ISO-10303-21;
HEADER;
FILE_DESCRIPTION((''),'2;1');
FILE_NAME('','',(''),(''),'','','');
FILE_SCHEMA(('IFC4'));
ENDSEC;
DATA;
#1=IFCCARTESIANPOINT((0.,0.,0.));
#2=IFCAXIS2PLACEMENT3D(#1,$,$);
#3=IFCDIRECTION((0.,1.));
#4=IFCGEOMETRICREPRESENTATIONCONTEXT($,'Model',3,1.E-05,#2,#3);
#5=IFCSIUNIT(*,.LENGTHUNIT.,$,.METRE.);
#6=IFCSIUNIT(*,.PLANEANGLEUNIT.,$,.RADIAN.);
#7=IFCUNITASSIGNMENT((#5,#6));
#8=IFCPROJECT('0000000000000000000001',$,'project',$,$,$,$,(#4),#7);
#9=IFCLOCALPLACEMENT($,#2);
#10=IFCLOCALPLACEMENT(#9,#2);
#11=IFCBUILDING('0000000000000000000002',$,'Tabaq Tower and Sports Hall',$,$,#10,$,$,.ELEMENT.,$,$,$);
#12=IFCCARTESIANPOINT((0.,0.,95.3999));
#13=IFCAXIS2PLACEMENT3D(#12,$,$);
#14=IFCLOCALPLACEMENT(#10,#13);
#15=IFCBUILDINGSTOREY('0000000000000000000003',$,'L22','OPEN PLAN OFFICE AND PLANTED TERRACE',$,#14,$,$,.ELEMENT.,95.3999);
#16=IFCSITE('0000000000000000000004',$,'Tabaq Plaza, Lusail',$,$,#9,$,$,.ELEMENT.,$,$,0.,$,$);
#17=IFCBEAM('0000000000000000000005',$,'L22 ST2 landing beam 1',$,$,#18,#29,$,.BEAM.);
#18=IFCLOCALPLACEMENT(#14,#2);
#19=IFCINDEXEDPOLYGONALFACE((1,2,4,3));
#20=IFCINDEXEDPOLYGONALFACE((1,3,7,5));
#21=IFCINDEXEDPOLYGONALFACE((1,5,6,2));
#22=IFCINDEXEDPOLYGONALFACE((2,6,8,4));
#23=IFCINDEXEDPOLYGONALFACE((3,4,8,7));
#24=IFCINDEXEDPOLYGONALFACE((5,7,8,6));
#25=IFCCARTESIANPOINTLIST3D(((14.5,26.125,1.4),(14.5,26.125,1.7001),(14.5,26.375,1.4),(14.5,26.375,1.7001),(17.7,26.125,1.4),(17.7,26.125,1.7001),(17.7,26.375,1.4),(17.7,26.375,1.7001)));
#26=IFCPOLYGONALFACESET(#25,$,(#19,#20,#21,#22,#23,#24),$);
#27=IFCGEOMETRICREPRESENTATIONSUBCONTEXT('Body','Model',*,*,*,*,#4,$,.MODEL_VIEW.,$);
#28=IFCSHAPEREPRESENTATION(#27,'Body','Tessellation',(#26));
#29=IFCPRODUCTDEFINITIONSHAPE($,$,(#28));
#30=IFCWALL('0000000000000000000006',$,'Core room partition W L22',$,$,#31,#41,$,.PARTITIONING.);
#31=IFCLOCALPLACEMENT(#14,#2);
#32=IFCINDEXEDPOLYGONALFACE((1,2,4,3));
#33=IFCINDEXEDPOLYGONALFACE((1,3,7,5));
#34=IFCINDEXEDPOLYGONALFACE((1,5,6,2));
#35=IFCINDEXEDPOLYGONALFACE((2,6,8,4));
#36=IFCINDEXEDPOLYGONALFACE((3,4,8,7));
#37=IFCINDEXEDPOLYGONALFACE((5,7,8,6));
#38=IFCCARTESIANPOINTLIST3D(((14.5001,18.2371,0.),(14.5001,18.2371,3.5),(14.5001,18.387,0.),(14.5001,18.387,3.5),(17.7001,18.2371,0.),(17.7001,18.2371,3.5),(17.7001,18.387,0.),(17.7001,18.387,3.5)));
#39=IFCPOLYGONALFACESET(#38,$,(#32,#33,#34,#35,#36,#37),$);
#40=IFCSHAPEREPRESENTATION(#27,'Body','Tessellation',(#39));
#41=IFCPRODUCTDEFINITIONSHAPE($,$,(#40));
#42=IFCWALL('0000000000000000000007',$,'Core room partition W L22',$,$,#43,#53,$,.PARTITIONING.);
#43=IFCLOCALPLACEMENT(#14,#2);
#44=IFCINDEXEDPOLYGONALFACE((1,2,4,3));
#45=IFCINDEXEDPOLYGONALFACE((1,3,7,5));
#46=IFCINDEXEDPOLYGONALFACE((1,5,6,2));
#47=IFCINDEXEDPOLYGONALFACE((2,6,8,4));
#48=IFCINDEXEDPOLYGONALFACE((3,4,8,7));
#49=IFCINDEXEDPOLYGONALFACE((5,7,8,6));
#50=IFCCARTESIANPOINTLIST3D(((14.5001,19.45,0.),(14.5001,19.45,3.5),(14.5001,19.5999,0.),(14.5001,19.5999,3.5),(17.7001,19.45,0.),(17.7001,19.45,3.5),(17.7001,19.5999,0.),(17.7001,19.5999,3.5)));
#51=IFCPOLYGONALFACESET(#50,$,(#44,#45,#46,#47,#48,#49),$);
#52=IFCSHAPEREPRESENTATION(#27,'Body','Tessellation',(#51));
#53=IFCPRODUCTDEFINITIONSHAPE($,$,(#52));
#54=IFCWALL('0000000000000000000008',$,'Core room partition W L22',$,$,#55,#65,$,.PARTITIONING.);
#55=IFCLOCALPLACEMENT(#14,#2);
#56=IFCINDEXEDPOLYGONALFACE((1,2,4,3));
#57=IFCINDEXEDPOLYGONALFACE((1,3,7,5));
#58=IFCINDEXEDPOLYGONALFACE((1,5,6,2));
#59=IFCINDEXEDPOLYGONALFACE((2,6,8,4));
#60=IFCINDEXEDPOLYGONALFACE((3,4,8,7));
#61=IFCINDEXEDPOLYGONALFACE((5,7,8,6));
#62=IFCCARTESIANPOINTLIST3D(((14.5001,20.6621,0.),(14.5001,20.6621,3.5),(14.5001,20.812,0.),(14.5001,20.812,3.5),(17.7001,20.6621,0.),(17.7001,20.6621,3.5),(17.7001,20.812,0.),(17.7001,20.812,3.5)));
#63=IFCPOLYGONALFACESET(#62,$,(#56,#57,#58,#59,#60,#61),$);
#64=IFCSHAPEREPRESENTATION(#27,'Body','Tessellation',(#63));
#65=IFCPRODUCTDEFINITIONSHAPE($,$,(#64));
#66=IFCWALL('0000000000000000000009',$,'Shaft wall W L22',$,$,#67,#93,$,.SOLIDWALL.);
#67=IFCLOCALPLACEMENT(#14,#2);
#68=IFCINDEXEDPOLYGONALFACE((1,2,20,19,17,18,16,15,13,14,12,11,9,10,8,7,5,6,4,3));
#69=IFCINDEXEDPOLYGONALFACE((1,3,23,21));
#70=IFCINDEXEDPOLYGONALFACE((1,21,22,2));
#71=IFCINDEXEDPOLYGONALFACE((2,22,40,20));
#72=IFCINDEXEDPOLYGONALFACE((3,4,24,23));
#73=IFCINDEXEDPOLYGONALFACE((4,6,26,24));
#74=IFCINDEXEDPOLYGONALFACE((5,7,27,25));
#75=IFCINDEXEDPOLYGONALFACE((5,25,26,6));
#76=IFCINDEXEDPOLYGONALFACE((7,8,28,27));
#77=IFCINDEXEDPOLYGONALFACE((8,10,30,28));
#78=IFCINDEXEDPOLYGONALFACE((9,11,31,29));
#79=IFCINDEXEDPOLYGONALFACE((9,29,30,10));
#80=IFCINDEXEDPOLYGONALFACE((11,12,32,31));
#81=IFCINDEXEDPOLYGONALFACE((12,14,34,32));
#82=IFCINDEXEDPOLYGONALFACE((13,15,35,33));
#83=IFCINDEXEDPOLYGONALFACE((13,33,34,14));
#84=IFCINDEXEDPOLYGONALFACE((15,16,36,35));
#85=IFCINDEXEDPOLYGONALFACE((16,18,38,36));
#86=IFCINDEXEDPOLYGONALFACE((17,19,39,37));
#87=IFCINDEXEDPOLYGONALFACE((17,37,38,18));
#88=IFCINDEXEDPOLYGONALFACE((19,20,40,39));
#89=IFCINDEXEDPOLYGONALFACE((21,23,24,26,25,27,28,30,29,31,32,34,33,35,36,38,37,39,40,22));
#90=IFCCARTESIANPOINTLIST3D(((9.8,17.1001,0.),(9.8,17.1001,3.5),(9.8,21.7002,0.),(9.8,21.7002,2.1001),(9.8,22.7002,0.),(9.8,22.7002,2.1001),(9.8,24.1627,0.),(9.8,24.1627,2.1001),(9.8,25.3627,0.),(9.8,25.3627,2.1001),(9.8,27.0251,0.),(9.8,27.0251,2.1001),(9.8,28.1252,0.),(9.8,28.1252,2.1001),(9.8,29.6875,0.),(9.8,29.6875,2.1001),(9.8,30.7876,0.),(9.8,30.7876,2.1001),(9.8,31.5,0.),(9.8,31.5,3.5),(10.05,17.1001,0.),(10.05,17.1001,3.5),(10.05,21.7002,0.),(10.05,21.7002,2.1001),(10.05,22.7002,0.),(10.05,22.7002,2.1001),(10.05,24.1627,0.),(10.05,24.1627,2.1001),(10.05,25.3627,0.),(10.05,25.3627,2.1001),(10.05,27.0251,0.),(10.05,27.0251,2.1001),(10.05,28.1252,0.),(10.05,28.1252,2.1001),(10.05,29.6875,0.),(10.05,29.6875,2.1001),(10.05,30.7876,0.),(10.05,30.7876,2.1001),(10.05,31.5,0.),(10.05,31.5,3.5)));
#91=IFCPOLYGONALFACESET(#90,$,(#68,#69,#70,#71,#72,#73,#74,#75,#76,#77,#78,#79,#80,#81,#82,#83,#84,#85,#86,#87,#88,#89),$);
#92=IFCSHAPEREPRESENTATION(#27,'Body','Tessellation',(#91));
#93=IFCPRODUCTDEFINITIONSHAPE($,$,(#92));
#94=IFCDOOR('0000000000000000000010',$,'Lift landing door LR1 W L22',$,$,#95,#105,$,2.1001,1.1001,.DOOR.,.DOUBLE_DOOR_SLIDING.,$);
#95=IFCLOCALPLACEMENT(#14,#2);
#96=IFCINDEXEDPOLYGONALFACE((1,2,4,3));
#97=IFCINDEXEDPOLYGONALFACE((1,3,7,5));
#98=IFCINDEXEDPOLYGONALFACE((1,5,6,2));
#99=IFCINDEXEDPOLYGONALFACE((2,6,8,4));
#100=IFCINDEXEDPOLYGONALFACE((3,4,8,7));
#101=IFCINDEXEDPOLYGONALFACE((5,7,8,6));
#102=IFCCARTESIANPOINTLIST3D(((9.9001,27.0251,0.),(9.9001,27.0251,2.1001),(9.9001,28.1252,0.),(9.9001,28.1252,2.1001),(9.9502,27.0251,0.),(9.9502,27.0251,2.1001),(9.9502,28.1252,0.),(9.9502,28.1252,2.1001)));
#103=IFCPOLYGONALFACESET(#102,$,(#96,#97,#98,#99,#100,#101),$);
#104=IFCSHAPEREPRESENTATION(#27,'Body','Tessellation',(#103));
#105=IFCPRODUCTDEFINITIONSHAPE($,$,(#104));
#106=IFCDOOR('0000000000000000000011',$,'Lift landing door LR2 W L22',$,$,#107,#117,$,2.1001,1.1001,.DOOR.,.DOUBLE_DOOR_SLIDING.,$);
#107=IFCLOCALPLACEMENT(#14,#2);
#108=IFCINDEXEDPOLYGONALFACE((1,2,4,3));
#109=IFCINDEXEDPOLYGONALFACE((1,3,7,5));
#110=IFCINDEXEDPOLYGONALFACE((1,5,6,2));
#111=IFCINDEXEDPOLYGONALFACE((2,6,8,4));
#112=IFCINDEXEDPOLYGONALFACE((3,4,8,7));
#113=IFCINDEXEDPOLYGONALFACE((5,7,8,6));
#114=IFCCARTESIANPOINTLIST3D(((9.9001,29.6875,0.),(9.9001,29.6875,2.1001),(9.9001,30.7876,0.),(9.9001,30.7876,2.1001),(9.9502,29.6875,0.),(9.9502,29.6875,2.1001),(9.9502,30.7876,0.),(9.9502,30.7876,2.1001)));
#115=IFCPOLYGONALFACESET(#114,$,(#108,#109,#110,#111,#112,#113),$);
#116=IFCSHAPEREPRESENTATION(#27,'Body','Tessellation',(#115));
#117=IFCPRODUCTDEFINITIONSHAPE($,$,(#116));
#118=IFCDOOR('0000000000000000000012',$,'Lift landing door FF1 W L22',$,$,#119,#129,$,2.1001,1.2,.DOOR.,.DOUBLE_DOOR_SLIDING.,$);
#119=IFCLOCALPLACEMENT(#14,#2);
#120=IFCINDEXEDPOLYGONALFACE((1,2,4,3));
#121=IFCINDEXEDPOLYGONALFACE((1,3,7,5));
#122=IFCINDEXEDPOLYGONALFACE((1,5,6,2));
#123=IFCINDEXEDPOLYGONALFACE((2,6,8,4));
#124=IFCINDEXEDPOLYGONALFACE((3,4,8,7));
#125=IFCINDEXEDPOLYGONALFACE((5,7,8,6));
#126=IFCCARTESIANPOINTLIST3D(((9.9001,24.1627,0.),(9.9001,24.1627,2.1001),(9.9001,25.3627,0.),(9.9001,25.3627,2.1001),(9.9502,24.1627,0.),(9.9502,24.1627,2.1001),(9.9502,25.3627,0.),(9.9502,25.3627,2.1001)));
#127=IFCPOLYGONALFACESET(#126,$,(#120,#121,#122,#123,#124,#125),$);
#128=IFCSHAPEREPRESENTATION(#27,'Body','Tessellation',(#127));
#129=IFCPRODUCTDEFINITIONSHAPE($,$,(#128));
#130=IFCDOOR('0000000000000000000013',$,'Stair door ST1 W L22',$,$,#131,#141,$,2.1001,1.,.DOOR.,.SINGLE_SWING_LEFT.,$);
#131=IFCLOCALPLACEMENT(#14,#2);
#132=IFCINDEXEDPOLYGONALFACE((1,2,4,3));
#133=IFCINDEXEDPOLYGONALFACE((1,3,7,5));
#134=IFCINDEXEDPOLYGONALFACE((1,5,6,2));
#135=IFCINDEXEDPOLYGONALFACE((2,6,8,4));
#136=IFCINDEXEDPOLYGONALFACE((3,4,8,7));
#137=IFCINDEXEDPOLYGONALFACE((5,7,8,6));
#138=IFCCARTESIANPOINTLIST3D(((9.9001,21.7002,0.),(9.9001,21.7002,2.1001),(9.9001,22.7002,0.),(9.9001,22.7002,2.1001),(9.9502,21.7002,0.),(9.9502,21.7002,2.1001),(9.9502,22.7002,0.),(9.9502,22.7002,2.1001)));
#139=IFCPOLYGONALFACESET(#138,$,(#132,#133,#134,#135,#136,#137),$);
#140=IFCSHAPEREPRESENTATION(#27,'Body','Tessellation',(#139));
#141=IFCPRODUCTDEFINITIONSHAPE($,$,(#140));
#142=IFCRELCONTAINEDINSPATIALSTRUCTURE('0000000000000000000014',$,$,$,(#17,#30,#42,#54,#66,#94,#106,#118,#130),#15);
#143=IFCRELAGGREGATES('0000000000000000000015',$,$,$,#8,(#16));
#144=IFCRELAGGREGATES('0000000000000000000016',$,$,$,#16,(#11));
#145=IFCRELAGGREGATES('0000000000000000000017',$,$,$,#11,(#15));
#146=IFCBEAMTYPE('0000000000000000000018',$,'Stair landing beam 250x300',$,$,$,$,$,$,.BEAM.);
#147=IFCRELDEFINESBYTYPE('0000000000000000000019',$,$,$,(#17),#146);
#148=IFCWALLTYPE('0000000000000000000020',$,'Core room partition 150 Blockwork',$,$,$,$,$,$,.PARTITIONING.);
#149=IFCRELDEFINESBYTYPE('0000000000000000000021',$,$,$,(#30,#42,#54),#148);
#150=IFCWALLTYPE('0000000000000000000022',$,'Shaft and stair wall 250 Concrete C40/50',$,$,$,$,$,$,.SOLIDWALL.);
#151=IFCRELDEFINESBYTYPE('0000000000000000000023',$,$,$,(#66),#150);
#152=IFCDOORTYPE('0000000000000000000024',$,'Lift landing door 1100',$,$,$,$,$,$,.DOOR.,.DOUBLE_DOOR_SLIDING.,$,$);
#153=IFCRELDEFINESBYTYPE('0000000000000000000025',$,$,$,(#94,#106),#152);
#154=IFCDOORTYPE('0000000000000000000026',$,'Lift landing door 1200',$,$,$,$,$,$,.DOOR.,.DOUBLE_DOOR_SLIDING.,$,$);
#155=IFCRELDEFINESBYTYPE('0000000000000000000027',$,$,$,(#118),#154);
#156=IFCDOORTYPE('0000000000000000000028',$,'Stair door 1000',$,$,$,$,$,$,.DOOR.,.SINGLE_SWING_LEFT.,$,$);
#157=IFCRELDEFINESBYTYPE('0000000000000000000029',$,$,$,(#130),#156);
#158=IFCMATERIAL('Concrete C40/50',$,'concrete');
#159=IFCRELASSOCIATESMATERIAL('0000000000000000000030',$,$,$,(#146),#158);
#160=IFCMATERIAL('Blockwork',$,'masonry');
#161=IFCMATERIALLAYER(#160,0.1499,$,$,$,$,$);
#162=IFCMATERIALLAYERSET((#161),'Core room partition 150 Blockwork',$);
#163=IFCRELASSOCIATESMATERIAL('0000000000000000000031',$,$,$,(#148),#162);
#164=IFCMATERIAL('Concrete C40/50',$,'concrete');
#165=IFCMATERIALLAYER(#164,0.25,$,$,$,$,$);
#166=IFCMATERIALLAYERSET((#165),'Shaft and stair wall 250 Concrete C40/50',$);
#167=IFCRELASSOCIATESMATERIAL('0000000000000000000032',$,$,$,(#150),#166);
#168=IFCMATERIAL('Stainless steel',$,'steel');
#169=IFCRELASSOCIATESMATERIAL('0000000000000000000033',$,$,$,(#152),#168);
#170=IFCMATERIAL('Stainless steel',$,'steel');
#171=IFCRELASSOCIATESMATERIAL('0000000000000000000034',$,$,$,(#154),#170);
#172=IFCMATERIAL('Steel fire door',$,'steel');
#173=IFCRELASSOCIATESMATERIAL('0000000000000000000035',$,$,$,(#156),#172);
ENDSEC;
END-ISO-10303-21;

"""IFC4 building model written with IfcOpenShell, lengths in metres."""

from ifc_helpers import new_model, si_unit, direction, frame, frame_2d, origin, origin_2d, place, context, subcontext, project, spatial, rectangle, extrude, material, layer, layer_set, material_profile, profile_set, type_object, element, fill, save


model = new_model("IFC4")

# Units and contexts
model_context = context("Model", 3, precision=1e-05, world=origin(), true_north=direction((0.0, 1.0)))
body_context = subcontext(model_context, "Body", "Model", "MODEL_VIEW")
ifc_project = project(units=[si_unit("LENGTHUNIT", "METRE"), si_unit("PLANEANGLEUNIT", "RADIAN")], contexts=[model_context])

# Site, building, storey
site_placement = place(None, origin())
site = spatial("IfcSite", under=ifc_project, at=site_placement, Name="Tabaq Plaza, Lusail", CompositionType="ELEMENT", RefElevation=0.0)
building_placement = place(site_placement, origin())
building = spatial("IfcBuilding", under=site, at=building_placement, Name="Tabaq Tower and Sports Hall", CompositionType="ELEMENT")
storey_placement = place(building_placement, frame((0.0, 0.0, 95.3999)))
storey = spatial("IfcBuildingStorey", under=building, at=storey_placement, Name="L22", Description="OPEN PLAN OFFICE AND PLANTED TERRACE", CompositionType="ELEMENT", Elevation=95.3999)

# Beam
ifc_material_1 = material(Name="Concrete C40/50", Category="concrete")
ifc_material_profile = material_profile(ifc_material_1, rectangle(XDim=0.25, YDim=0.3, at=origin_2d()), Name="RC 250x300")
ifc_profile_set = profile_set([ifc_material_profile], Name="Concrete C40/50")
beam_type = type_object("IfcBeamType", Name="Stair landing beam 250x300", PredefinedType="BEAM", material=ifc_profile_set)
beam_placement = place(storey_placement, frame((14.5, 26.25, 1.55), z_axis=(1.0, 0.0, 0.0), x_axis=(0.0, 1.0, 0.0)))
element("IfcBeam", 1, at=beam_placement, inside=storey, type_object=beam_type, Name="L22 ST2 landing beam 1", PredefinedType="BEAM", context=body_context, shape_type="SweptSolid", body=[
    extrude(rectangle(XDim=0.25, YDim=0.3, at=origin_2d()), origin(), (0.0, 0.0, 1.0), 3.2),
])

# Walls
ifc_material_2 = material(Name="Blockwork", Category="masonry")
ifc_layer_1 = layer(ifc_material_2, 0.1499)
ifc_layer_set_1 = layer_set([ifc_layer_1], Name="Core room partition 150 Blockwork")
wall_type_1 = type_object("IfcWallType", Name="Core room partition 150 Blockwork", PredefinedType="PARTITIONING", material=ifc_layer_set_1)
for number, where, z_axis, x_axis, name in (
    (2, (14.5, 18.312, 0.0), (0.0, 0.0, 1.0), (1.0, 0.0, 0.0), "Core room partition W L22"),
    (3, (14.5, 19.5249, 0.0), (0.0, 0.0, 1.0), (1.0, 0.0, 0.0), "Core room partition W L22"),
    (4, (14.5, 20.7371, 0.0), (0.0, 0.0, 1.0), (1.0, 0.0, 0.0), "Core room partition W L22"),
):
    element("IfcWall", number, at=place(storey_placement, frame(where, z_axis=z_axis, x_axis=x_axis)), inside=storey, type_object=wall_type_1, Name=name, PredefinedType="PARTITIONING", context=body_context, shape_type="SweptSolid", body=[
        extrude(rectangle(XDim=3.2, YDim=0.1499, at=frame_2d((1.6001, 0.0))), origin(), (0.0, 0.0, 1.0), 3.5),
    ])

# Wall, openings, doors
ifc_material_3 = material(Name="Concrete C40/50", Category="concrete")
ifc_layer_2 = layer(ifc_material_3, 0.25)
ifc_layer_set_2 = layer_set([ifc_layer_2], Name="Shaft and stair wall 250 Concrete C40/50")
wall_type_2 = type_object("IfcWallType", Name="Shaft and stair wall 250 Concrete C40/50", PredefinedType="SOLIDWALL", material=ifc_layer_set_2)
wall_1_placement = place(storey_placement, frame((9.925, 17.1001, 0.0), z_axis=(0.0, 0.0, 1.0), x_axis=(0.0, 1.0, 0.0)))
wall_1 = element("IfcWall", 5, at=wall_1_placement, inside=storey, type_object=wall_type_2, Name="Shaft wall W L22", PredefinedType="SOLIDWALL", context=body_context, shape_type="SweptSolid", body=[
    extrude(rectangle(XDim=14.3999, YDim=0.25, at=frame_2d((7.2, 0.0))), origin(), (0.0, 0.0, 1.0), 3.5),
])
opening_1_placement = place(wall_1_placement, frame((4.6001, 0.0, 0.0)))
opening_1 = element("IfcOpeningElement", 6, at=opening_1_placement, cuts=wall_1, PredefinedType="OPENING", context=body_context, shape_type="SweptSolid", body=[
    extrude(rectangle(XDim=1.0, YDim=2.1001, at=frame_2d((0.5, 1.05))), frame((0.0, 0.125, 0.0), z_axis=(0.0, -1.0, 0.0), x_axis=(1.0, 0.0, 0.0)), (0.0, 0.0, 1.0), 0.25),
])
opening_2_placement = place(wall_1_placement, frame((7.0625, 0.0, 0.0)))
opening_2 = element("IfcOpeningElement", 7, at=opening_2_placement, cuts=wall_1, PredefinedType="OPENING", context=body_context, shape_type="SweptSolid", body=[
    extrude(rectangle(XDim=1.2, YDim=2.1001, at=frame_2d((0.6001, 1.05))), frame((0.0, 0.125, 0.0), z_axis=(0.0, -1.0, 0.0), x_axis=(1.0, 0.0, 0.0)), (0.0, 0.0, 1.0), 0.25),
])
opening_3_placement = place(wall_1_placement, frame((9.925, 0.0, 0.0)))
opening_3 = element("IfcOpeningElement", 8, at=opening_3_placement, cuts=wall_1, PredefinedType="OPENING", context=body_context, shape_type="SweptSolid", body=[
    extrude(rectangle(XDim=1.1001, YDim=2.1001, at=frame_2d((0.55, 1.05))), frame((0.0, 0.125, 0.0), z_axis=(0.0, -1.0, 0.0), x_axis=(1.0, 0.0, 0.0)), (0.0, 0.0, 1.0), 0.25),
])
opening_4_placement = place(wall_1_placement, frame((12.5874, 0.0, 0.0)))
opening_4 = element("IfcOpeningElement", 9, at=opening_4_placement, cuts=wall_1, PredefinedType="OPENING", context=body_context, shape_type="SweptSolid", body=[
    extrude(rectangle(XDim=1.1001, YDim=2.1001, at=frame_2d((0.55, 1.05))), frame((0.0, 0.125, 0.0), z_axis=(0.0, -1.0, 0.0), x_axis=(1.0, 0.0, 0.0)), (0.0, 0.0, 1.0), 0.25),
])
ifc_material_4 = material(Name="Stainless steel", Category="steel")
door_type_1 = type_object("IfcDoorType", Name="Lift landing door 1100", OperationType="DOUBLE_DOOR_SLIDING", PredefinedType="DOOR", material=ifc_material_4)
door_1_placement = place(opening_3_placement, origin())
door_1 = element("IfcDoor", 10, at=door_1_placement, inside=storey, type_object=door_type_1, Name="Lift landing door LR1 W L22", OperationType="DOUBLE_DOOR_SLIDING", OverallHeight=2.1001, OverallWidth=1.1001, PredefinedType="DOOR", context=body_context, shape_type="SweptSolid", body=[
    extrude(rectangle(XDim=1.1001, YDim=2.1001, at=frame_2d((0.55, 1.05))), frame((0.0, 0.0249, 0.0), z_axis=(0.0, -1.0, 0.0), x_axis=(1.0, 0.0, 0.0)), (0.0, 0.0, 1.0), 0.05),
])
fill(opening_3, door_1)
door_2_placement = place(opening_4_placement, origin())
door_2 = element("IfcDoor", 11, at=door_2_placement, inside=storey, type_object=door_type_1, Name="Lift landing door LR2 W L22", OperationType="DOUBLE_DOOR_SLIDING", OverallHeight=2.1001, OverallWidth=1.1001, PredefinedType="DOOR", context=body_context, shape_type="SweptSolid", body=[
    extrude(rectangle(XDim=1.1001, YDim=2.1001, at=frame_2d((0.55, 1.05))), frame((0.0, 0.0249, 0.0), z_axis=(0.0, -1.0, 0.0), x_axis=(1.0, 0.0, 0.0)), (0.0, 0.0, 1.0), 0.05),
])
fill(opening_4, door_2)
ifc_material_5 = material(Name="Stainless steel", Category="steel")
door_type_2 = type_object("IfcDoorType", Name="Lift landing door 1200", OperationType="DOUBLE_DOOR_SLIDING", PredefinedType="DOOR", material=ifc_material_5)
door_3_placement = place(opening_2_placement, origin())
door_3 = element("IfcDoor", 12, at=door_3_placement, inside=storey, type_object=door_type_2, Name="Lift landing door FF1 W L22", OperationType="DOUBLE_DOOR_SLIDING", OverallHeight=2.1001, OverallWidth=1.2, PredefinedType="DOOR", context=body_context, shape_type="SweptSolid", body=[
    extrude(rectangle(XDim=1.2, YDim=2.1001, at=frame_2d((0.6001, 1.05))), frame((0.0, 0.0249, 0.0), z_axis=(0.0, -1.0, 0.0), x_axis=(1.0, 0.0, 0.0)), (0.0, 0.0, 1.0), 0.05),
])
fill(opening_2, door_3)
ifc_material_6 = material(Name="Steel fire door", Category="steel")
door_type_3 = type_object("IfcDoorType", Name="Stair door 1000", OperationType="SINGLE_SWING_LEFT", PredefinedType="DOOR", material=ifc_material_6)
door_4_placement = place(opening_1_placement, origin())
door_4 = element("IfcDoor", 13, at=door_4_placement, inside=storey, type_object=door_type_3, Name="Stair door ST1 W L22", OperationType="SINGLE_SWING_LEFT", OverallHeight=2.1001, OverallWidth=1.0, PredefinedType="DOOR", context=body_context, shape_type="SweptSolid", body=[
    extrude(rectangle(XDim=1.0, YDim=2.1001, at=frame_2d((0.5, 1.05))), frame((0.0, 0.0249, 0.0), z_axis=(0.0, -1.0, 0.0), x_axis=(1.0, 0.0, 0.0)), (0.0, 0.0, 1.0), 0.05),
])
fill(opening_1, door_4)

save(model, "model.ifc")
